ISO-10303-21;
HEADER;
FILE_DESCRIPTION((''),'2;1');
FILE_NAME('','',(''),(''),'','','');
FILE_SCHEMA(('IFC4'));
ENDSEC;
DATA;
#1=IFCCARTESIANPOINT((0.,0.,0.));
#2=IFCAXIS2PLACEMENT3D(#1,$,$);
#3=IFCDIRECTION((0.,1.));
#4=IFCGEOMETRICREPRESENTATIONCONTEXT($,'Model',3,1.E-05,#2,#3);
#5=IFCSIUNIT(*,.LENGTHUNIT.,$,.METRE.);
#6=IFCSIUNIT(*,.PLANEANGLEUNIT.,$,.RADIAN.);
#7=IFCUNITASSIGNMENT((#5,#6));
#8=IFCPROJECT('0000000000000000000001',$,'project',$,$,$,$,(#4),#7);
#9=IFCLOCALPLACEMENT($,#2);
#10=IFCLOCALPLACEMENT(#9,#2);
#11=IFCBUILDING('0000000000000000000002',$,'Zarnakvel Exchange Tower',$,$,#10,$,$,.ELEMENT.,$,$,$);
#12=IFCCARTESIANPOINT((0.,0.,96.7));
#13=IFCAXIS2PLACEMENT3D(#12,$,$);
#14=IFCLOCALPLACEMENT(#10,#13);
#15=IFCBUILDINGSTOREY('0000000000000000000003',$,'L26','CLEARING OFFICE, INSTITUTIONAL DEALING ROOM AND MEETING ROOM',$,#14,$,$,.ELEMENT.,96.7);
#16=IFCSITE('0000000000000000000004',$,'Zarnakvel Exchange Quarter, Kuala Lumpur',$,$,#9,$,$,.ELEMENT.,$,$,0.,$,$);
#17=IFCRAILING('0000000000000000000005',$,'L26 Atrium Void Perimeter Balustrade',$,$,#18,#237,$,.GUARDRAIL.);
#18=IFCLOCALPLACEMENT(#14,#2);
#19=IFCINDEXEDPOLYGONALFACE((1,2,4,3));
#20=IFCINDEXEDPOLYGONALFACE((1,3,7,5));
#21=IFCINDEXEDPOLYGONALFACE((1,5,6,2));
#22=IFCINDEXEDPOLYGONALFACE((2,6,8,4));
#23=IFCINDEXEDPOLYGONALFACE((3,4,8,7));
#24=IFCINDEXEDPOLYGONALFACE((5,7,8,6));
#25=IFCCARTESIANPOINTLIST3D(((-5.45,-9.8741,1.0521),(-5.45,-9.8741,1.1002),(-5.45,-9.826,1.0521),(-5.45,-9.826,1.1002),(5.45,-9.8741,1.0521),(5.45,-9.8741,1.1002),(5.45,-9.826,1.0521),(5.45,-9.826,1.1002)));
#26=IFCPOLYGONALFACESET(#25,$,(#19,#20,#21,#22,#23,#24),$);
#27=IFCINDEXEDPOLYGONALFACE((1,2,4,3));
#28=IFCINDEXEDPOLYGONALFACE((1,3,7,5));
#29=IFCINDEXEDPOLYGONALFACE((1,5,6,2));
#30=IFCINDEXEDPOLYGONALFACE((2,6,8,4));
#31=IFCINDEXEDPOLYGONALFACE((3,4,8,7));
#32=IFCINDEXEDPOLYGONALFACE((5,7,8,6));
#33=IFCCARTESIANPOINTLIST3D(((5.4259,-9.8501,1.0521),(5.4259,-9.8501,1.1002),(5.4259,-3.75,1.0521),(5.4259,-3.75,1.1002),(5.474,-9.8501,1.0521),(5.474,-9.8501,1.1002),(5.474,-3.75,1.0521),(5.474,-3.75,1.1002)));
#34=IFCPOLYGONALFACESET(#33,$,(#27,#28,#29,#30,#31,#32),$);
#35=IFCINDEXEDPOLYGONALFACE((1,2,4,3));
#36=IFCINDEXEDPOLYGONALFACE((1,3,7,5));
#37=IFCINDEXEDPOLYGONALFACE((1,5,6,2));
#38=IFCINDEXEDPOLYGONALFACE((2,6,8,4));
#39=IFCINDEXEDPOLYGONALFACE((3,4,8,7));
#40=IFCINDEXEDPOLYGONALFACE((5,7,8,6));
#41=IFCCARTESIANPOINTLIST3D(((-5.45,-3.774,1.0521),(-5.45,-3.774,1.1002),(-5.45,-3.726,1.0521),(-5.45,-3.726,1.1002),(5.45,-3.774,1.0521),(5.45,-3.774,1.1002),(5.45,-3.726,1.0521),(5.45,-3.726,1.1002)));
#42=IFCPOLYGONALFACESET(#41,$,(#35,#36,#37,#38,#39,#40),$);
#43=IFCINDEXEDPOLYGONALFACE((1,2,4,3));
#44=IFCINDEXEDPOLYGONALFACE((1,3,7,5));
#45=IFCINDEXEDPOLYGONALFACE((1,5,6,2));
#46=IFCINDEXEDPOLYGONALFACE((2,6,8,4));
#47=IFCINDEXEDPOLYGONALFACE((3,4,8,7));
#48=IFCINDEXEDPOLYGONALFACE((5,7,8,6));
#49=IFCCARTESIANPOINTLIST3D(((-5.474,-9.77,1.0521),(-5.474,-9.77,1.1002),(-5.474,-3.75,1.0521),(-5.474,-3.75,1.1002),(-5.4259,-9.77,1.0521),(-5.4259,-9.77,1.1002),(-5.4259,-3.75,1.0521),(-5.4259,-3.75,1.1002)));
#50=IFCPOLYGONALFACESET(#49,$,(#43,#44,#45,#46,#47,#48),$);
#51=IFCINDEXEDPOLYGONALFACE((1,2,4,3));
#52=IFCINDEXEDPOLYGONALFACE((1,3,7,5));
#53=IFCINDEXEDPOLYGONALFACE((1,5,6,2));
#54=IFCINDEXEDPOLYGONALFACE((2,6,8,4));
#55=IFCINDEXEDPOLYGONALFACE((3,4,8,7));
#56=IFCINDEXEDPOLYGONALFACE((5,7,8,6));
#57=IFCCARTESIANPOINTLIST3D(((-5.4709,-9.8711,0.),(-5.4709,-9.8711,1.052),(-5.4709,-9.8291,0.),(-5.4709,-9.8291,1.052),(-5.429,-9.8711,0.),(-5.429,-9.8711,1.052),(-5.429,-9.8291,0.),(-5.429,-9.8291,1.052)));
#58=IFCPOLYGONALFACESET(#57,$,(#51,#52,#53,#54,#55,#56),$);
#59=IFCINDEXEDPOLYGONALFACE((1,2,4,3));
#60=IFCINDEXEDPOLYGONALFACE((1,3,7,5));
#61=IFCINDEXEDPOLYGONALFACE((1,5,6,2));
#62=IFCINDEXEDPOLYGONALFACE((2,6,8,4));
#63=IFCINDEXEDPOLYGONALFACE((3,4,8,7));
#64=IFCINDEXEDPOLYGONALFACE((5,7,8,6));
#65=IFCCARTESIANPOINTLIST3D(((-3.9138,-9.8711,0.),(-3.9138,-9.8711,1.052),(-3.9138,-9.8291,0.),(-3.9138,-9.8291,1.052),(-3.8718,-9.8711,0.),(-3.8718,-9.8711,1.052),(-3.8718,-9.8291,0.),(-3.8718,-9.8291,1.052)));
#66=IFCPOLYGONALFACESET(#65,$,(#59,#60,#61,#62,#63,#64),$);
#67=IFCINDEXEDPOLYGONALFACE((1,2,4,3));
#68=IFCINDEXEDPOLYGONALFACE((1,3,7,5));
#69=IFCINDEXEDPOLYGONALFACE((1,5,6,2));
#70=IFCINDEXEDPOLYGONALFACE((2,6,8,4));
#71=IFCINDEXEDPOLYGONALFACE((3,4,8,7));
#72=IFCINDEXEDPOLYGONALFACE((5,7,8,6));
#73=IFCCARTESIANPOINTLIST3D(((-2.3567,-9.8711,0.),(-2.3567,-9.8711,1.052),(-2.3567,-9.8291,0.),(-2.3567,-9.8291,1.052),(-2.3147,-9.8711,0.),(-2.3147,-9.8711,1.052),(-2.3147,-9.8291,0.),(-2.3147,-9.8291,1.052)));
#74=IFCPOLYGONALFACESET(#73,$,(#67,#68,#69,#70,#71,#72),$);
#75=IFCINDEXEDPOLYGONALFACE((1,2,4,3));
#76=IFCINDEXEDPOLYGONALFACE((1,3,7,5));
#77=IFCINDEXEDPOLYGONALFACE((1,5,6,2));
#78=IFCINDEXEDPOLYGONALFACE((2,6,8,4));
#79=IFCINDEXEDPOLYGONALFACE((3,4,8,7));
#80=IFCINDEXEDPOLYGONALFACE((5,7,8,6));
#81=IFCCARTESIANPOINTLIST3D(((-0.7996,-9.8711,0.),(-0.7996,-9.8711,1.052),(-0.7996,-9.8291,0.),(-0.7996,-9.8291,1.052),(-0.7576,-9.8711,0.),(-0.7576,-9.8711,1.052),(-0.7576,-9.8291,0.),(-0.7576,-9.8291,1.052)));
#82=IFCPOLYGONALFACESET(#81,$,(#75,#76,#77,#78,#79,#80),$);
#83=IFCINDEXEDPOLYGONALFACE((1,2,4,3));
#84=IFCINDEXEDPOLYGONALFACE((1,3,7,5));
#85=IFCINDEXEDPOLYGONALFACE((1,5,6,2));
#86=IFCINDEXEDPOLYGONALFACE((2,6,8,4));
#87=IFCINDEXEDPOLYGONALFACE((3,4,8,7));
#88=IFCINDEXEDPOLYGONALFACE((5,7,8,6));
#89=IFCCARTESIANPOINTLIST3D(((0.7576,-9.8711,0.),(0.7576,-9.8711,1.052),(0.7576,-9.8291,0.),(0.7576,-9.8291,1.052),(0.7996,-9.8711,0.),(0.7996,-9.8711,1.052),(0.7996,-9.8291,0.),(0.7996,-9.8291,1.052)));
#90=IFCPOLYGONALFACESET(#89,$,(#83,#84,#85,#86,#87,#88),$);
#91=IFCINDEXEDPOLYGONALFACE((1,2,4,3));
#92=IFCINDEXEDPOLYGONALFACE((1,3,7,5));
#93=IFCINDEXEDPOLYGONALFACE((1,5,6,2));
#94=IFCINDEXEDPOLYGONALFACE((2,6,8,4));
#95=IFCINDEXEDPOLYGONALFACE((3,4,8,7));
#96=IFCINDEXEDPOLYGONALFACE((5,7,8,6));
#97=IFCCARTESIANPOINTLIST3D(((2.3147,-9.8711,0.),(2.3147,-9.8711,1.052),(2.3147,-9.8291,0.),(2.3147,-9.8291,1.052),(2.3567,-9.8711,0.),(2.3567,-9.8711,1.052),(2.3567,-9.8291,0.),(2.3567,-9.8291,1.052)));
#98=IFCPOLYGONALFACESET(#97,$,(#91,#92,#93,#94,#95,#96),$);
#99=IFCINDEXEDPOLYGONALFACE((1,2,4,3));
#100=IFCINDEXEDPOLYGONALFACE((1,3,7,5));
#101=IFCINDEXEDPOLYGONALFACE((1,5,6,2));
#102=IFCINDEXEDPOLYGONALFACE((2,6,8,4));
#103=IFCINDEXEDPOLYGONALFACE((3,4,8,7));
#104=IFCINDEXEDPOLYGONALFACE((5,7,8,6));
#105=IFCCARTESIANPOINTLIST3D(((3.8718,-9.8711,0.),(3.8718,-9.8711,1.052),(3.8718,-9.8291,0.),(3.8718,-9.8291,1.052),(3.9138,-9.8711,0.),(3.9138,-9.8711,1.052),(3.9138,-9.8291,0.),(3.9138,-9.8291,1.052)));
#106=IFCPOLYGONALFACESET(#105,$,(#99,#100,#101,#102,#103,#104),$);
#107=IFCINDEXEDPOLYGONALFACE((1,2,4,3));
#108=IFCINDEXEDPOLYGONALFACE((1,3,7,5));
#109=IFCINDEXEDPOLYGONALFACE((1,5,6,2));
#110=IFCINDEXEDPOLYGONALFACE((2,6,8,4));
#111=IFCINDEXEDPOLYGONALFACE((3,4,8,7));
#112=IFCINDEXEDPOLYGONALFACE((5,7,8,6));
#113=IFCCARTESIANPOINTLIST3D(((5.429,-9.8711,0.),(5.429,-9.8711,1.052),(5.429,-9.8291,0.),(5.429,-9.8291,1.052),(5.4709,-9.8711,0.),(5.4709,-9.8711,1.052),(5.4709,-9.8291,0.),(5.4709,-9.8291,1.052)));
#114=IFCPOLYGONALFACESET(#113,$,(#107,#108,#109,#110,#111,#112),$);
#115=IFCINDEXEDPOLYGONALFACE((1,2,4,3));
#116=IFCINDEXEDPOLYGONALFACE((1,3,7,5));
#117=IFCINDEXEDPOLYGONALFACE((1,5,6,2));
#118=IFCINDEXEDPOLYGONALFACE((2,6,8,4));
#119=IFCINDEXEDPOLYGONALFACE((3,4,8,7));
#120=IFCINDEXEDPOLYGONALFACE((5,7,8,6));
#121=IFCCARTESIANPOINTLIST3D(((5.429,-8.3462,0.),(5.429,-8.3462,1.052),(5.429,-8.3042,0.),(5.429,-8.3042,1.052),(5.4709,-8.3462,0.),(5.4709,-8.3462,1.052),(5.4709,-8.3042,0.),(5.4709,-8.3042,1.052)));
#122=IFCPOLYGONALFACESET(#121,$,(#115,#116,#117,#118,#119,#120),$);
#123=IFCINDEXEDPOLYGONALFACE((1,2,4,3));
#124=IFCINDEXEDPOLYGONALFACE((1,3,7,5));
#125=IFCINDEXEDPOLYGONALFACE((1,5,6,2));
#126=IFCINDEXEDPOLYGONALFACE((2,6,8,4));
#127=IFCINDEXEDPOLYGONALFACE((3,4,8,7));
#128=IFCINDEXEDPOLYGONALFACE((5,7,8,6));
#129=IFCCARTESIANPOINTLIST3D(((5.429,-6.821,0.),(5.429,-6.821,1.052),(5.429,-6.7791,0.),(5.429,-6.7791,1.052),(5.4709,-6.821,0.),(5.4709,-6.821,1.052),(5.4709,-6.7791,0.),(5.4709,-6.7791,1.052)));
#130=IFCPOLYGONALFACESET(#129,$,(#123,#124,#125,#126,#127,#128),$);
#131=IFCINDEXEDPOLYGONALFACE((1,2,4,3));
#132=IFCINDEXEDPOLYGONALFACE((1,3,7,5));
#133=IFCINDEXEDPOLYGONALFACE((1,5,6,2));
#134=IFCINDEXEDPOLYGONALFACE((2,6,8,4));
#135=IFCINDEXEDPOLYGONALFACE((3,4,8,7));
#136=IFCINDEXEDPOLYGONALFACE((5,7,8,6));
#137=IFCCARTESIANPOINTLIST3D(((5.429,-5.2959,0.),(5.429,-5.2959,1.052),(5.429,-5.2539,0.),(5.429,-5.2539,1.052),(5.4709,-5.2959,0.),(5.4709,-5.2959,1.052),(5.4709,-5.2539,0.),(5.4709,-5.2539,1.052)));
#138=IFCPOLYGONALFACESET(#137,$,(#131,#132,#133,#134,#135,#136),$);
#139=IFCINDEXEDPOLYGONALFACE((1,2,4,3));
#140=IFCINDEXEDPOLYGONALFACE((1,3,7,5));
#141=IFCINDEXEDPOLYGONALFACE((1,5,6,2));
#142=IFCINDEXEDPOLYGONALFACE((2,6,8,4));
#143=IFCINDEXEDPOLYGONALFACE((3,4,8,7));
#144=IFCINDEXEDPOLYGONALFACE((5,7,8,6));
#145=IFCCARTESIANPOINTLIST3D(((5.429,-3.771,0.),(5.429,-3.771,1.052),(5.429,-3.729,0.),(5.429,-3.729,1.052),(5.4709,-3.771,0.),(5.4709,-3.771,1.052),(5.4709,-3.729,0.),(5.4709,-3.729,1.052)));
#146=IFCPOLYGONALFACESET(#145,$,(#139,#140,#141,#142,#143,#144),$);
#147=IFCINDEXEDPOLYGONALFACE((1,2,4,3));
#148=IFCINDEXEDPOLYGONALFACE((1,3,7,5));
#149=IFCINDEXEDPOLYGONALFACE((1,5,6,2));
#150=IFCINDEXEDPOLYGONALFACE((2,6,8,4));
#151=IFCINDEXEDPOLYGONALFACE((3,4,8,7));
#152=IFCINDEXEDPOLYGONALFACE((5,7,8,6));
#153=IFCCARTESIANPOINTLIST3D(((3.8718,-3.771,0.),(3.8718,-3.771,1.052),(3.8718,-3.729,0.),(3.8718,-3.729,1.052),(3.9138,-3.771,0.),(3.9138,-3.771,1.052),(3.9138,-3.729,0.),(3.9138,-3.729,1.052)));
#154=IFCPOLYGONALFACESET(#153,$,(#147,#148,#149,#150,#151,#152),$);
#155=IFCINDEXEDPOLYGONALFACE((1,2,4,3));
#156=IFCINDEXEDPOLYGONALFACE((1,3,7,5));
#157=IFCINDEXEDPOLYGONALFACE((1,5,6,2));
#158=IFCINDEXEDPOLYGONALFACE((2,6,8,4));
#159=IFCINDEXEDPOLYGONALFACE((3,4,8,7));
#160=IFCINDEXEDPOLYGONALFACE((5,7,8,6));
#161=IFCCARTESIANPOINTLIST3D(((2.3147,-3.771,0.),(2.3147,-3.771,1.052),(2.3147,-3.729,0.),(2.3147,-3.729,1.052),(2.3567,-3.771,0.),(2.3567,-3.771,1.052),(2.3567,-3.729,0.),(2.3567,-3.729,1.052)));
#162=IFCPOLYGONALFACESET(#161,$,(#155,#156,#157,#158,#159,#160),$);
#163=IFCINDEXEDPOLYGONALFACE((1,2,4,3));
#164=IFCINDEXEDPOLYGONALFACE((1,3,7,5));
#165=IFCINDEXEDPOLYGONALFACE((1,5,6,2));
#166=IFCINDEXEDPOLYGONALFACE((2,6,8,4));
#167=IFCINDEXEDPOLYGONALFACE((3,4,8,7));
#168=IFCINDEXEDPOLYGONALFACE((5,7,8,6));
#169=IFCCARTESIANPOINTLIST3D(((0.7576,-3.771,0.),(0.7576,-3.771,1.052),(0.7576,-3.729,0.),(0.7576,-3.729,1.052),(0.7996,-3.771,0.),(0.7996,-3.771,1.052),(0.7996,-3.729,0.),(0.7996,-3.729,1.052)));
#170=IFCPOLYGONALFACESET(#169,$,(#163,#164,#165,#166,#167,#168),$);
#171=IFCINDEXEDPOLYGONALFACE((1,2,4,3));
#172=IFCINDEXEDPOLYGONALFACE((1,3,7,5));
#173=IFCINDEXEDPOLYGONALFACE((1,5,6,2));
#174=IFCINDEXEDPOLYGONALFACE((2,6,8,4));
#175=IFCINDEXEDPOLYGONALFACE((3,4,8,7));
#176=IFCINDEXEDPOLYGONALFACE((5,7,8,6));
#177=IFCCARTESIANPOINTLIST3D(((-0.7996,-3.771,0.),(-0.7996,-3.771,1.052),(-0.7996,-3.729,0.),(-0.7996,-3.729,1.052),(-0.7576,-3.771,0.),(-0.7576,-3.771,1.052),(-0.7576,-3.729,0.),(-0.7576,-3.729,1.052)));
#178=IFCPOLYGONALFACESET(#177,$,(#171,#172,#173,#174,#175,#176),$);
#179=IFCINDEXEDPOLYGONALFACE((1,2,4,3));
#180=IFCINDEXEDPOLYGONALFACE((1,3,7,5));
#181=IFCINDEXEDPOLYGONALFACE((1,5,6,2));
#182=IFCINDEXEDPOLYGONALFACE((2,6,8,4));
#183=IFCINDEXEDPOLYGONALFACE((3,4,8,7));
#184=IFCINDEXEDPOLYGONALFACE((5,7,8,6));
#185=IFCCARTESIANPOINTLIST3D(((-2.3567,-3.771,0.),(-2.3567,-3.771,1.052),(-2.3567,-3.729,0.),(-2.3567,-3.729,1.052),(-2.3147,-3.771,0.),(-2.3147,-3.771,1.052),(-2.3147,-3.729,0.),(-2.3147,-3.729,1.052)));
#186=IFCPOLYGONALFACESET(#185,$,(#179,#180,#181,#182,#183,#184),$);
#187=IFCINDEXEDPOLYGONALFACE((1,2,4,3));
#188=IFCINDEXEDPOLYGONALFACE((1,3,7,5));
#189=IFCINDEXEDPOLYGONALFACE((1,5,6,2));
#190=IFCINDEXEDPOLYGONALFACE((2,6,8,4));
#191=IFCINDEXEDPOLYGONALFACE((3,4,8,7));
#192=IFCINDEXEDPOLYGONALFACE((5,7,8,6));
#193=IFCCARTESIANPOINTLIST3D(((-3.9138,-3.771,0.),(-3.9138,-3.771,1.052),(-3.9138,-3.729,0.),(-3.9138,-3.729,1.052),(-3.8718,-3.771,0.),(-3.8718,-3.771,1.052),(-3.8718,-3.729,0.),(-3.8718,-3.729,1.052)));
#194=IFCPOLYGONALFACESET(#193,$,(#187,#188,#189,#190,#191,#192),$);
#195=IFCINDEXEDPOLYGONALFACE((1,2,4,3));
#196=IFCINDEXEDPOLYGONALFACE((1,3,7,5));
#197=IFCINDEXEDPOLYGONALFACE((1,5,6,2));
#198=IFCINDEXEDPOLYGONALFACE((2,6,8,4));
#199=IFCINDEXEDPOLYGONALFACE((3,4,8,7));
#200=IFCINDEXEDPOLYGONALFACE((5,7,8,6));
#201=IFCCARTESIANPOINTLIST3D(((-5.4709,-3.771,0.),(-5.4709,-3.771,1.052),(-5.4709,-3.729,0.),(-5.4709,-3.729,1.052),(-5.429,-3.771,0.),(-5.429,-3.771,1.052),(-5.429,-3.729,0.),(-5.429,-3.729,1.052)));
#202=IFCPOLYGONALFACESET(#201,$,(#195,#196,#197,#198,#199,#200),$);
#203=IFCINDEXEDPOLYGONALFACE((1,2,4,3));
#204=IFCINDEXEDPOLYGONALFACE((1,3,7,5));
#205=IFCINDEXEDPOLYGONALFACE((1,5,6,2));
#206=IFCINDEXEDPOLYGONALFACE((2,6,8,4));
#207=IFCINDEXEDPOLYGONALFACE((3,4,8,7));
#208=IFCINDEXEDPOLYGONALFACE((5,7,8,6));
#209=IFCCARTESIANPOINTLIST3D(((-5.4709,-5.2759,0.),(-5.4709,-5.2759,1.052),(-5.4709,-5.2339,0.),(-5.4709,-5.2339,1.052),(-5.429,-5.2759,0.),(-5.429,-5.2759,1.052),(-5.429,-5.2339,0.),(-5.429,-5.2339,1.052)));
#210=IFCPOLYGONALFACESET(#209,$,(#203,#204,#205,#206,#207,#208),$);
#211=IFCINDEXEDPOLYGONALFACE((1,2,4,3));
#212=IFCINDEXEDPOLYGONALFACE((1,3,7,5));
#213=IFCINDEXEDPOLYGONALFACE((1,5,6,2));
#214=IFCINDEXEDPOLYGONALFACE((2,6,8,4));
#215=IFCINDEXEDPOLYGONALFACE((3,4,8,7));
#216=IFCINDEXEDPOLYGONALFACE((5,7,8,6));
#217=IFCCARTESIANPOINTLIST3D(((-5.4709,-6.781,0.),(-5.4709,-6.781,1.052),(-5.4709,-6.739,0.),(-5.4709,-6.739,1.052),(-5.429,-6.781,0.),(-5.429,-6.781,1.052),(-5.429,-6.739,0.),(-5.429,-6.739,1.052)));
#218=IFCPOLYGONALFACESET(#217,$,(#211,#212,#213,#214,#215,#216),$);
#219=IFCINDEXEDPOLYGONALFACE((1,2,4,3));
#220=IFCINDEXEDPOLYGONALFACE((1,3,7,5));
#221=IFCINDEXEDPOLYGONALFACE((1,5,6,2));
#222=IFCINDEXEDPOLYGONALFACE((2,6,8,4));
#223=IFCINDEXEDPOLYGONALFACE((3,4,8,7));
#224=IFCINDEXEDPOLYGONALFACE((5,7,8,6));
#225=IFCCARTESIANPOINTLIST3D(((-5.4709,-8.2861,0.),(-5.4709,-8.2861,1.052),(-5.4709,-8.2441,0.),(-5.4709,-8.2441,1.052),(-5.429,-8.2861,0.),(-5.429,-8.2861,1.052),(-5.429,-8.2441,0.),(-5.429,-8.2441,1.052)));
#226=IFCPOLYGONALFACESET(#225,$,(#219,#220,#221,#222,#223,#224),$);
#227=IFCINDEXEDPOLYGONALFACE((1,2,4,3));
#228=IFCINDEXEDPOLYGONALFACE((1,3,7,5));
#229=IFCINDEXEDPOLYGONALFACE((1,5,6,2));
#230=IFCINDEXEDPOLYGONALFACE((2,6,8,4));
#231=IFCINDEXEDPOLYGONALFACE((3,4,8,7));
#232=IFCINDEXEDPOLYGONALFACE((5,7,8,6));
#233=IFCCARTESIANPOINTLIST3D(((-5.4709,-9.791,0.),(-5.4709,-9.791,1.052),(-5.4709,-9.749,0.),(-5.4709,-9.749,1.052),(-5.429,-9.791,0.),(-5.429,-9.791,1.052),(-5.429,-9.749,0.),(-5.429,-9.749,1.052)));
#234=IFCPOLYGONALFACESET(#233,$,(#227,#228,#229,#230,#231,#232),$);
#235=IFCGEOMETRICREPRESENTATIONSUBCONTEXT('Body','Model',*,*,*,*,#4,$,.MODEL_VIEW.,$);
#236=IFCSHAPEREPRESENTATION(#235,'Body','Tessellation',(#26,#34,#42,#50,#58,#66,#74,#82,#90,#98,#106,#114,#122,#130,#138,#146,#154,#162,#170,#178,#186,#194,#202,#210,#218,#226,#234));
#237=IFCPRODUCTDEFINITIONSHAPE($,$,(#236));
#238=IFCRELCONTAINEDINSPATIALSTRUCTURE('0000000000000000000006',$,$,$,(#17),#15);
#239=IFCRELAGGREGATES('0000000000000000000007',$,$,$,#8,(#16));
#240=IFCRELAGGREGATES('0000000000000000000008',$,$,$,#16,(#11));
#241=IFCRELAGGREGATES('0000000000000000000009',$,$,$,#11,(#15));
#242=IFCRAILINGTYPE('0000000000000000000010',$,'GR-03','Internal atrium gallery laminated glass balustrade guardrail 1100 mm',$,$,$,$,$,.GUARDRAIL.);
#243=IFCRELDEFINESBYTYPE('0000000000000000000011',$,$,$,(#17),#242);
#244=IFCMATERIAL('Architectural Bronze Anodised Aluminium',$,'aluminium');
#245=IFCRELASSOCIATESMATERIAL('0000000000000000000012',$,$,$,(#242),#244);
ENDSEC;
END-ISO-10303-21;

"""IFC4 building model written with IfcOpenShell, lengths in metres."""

from ifc_helpers import new_model, si_unit, direction, frame, origin, origin_2d, place, context, subcontext, project, spatial, rectangle, extrude, material, type_object, element, save


model = new_model("IFC4")

# Units and contexts
model_context = context("Model", 3, precision=1e-05, world=origin(), true_north=direction((0.0, 1.0)))
body_context = subcontext(model_context, "Body", "Model", "MODEL_VIEW")
ifc_project = project(units=[si_unit("LENGTHUNIT", "METRE"), si_unit("PLANEANGLEUNIT", "RADIAN")], contexts=[model_context])

# Site, building, storey
site_placement = place(None, origin())
site = spatial("IfcSite", under=ifc_project, at=site_placement, Name="Zarnakvel Exchange Quarter, Kuala Lumpur", CompositionType="ELEMENT", RefElevation=0.0)
building_placement = place(site_placement, origin())
building = spatial("IfcBuilding", under=site, at=building_placement, Name="Zarnakvel Exchange Tower", CompositionType="ELEMENT")
storey_placement = place(building_placement, frame((0.0, 0.0, 96.7)))
storey = spatial("IfcBuildingStorey", under=building, at=storey_placement, Name="L26", Description="CLEARING OFFICE, INSTITUTIONAL DEALING ROOM AND MEETING ROOM", CompositionType="ELEMENT", Elevation=96.7)

# Shared definitions
ifc_material_1 = material(Name="Architectural Bronze Anodised Aluminium", Category="aluminium")

# Railing
railing_type_1 = type_object("IfcRailingType", Name="GR-03", Description="Internal atrium gallery laminated glass balustrade guardrail 1100 mm", PredefinedType="GUARDRAIL", material=ifc_material_1)
railing_1_placement = place(storey_placement, frame((-5.45, -9.8501, 0.0)))
element("IfcRailing", 1, at=railing_1_placement, inside=storey, type_object=railing_type_1, Name="L26 Atrium Void Perimeter Balustrade", PredefinedType="GUARDRAIL", context=body_context, shape_type="SweptSolid", body=[
    extrude(rectangle(XDim=0.0481, YDim=0.0481, at=origin_2d()), frame((0.0, 0.0, 1.0762), z_axis=(1.0, 0.0, 0.0), x_axis=(0.0, 1.0, 0.0)), (0.0, 0.0, 1.0), 10.8999),
    extrude(rectangle(XDim=0.0481, YDim=0.0481, at=origin_2d()), frame((10.8999, 0.0, 1.0762), z_axis=(0.0, 1.0, 0.0), x_axis=(-1.0, 0.0, 0.0)), (0.0, 0.0, 1.0), 6.1001),
    extrude(rectangle(XDim=0.0481, YDim=0.0481, at=origin_2d()), frame((10.8999, 6.1001, 1.0762), z_axis=(-1.0, 0.0, 0.0), x_axis=(0.0, -1.0, 0.0)), (0.0, 0.0, 1.0), 10.8999),
    extrude(rectangle(XDim=0.0481, YDim=0.0481, at=origin_2d()), frame((0.0, 6.1001, 1.0762), z_axis=(0.0, -1.0, 0.0), x_axis=(1.0, 0.0, 0.0)), (0.0, 0.0, 1.0), 6.02),
    extrude(rectangle(XDim=0.042, YDim=0.042, at=origin_2d()), origin(), (0.0, 0.0, 1.0), 1.052),
    extrude(rectangle(XDim=0.042, YDim=0.042, at=origin_2d()), frame((1.5571, 0.0, 0.0)), (0.0, 0.0, 1.0), 1.052),
    extrude(rectangle(XDim=0.042, YDim=0.042, at=origin_2d()), frame((3.1143, 0.0, 0.0)), (0.0, 0.0, 1.0), 1.052),
    extrude(rectangle(XDim=0.042, YDim=0.042, at=origin_2d()), frame((4.6714, 0.0, 0.0)), (0.0, 0.0, 1.0), 1.052),
    extrude(rectangle(XDim=0.042, YDim=0.042, at=origin_2d()), frame((6.2285, 0.0, 0.0)), (0.0, 0.0, 1.0), 1.052),
    extrude(rectangle(XDim=0.042, YDim=0.042, at=origin_2d()), frame((7.7856, 0.0, 0.0)), (0.0, 0.0, 1.0), 1.052),
    extrude(rectangle(XDim=0.042, YDim=0.042, at=origin_2d()), frame((9.3428, 0.0, 0.0)), (0.0, 0.0, 1.0), 1.052),
    extrude(rectangle(XDim=0.042, YDim=0.042, at=origin_2d()), frame((10.8999, 0.0, 0.0)), (0.0, 0.0, 1.0), 1.052),
    extrude(rectangle(XDim=0.042, YDim=0.042, at=origin_2d()), frame((10.8999, 1.5249, 0.0)), (0.0, 0.0, 1.0), 1.052),
    extrude(rectangle(XDim=0.042, YDim=0.042, at=origin_2d()), frame((10.8999, 3.05, 0.0)), (0.0, 0.0, 1.0), 1.052),
    extrude(rectangle(XDim=0.042, YDim=0.042, at=origin_2d()), frame((10.8999, 4.5752, 0.0)), (0.0, 0.0, 1.0), 1.052),
    extrude(rectangle(XDim=0.042, YDim=0.042, at=origin_2d()), frame((10.8999, 6.1001, 0.0)), (0.0, 0.0, 1.0), 1.052),
    extrude(rectangle(XDim=0.042, YDim=0.042, at=origin_2d()), frame((9.3428, 6.1001, 0.0)), (0.0, 0.0, 1.0), 1.052),
    extrude(rectangle(XDim=0.042, YDim=0.042, at=origin_2d()), frame((7.7856, 6.1001, 0.0)), (0.0, 0.0, 1.0), 1.052),
    extrude(rectangle(XDim=0.042, YDim=0.042, at=origin_2d()), frame((6.2285, 6.1001, 0.0)), (0.0, 0.0, 1.0), 1.052),
    extrude(rectangle(XDim=0.042, YDim=0.042, at=origin_2d()), frame((4.6714, 6.1001, 0.0)), (0.0, 0.0, 1.0), 1.052),
    extrude(rectangle(XDim=0.042, YDim=0.042, at=origin_2d()), frame((3.1143, 6.1001, 0.0)), (0.0, 0.0, 1.0), 1.052),
    extrude(rectangle(XDim=0.042, YDim=0.042, at=origin_2d()), frame((1.5571, 6.1001, 0.0)), (0.0, 0.0, 1.0), 1.052),
    extrude(rectangle(XDim=0.042, YDim=0.042, at=origin_2d()), frame((0.0, 6.1001, 0.0)), (0.0, 0.0, 1.0), 1.052),
    extrude(rectangle(XDim=0.042, YDim=0.042, at=origin_2d()), frame((0.0, 4.5952, 0.0)), (0.0, 0.0, 1.0), 1.052),
    extrude(rectangle(XDim=0.042, YDim=0.042, at=origin_2d()), frame((0.0, 3.0901, 0.0)), (0.0, 0.0, 1.0), 1.052),
    extrude(rectangle(XDim=0.042, YDim=0.042, at=origin_2d()), frame((0.0, 1.585, 0.0)), (0.0, 0.0, 1.0), 1.052),
    extrude(rectangle(XDim=0.042, YDim=0.042, at=origin_2d()), frame((0.0, 0.0801, 0.0)), (0.0, 0.0, 1.0), 1.052),
])

save(model, "model.ifc")
